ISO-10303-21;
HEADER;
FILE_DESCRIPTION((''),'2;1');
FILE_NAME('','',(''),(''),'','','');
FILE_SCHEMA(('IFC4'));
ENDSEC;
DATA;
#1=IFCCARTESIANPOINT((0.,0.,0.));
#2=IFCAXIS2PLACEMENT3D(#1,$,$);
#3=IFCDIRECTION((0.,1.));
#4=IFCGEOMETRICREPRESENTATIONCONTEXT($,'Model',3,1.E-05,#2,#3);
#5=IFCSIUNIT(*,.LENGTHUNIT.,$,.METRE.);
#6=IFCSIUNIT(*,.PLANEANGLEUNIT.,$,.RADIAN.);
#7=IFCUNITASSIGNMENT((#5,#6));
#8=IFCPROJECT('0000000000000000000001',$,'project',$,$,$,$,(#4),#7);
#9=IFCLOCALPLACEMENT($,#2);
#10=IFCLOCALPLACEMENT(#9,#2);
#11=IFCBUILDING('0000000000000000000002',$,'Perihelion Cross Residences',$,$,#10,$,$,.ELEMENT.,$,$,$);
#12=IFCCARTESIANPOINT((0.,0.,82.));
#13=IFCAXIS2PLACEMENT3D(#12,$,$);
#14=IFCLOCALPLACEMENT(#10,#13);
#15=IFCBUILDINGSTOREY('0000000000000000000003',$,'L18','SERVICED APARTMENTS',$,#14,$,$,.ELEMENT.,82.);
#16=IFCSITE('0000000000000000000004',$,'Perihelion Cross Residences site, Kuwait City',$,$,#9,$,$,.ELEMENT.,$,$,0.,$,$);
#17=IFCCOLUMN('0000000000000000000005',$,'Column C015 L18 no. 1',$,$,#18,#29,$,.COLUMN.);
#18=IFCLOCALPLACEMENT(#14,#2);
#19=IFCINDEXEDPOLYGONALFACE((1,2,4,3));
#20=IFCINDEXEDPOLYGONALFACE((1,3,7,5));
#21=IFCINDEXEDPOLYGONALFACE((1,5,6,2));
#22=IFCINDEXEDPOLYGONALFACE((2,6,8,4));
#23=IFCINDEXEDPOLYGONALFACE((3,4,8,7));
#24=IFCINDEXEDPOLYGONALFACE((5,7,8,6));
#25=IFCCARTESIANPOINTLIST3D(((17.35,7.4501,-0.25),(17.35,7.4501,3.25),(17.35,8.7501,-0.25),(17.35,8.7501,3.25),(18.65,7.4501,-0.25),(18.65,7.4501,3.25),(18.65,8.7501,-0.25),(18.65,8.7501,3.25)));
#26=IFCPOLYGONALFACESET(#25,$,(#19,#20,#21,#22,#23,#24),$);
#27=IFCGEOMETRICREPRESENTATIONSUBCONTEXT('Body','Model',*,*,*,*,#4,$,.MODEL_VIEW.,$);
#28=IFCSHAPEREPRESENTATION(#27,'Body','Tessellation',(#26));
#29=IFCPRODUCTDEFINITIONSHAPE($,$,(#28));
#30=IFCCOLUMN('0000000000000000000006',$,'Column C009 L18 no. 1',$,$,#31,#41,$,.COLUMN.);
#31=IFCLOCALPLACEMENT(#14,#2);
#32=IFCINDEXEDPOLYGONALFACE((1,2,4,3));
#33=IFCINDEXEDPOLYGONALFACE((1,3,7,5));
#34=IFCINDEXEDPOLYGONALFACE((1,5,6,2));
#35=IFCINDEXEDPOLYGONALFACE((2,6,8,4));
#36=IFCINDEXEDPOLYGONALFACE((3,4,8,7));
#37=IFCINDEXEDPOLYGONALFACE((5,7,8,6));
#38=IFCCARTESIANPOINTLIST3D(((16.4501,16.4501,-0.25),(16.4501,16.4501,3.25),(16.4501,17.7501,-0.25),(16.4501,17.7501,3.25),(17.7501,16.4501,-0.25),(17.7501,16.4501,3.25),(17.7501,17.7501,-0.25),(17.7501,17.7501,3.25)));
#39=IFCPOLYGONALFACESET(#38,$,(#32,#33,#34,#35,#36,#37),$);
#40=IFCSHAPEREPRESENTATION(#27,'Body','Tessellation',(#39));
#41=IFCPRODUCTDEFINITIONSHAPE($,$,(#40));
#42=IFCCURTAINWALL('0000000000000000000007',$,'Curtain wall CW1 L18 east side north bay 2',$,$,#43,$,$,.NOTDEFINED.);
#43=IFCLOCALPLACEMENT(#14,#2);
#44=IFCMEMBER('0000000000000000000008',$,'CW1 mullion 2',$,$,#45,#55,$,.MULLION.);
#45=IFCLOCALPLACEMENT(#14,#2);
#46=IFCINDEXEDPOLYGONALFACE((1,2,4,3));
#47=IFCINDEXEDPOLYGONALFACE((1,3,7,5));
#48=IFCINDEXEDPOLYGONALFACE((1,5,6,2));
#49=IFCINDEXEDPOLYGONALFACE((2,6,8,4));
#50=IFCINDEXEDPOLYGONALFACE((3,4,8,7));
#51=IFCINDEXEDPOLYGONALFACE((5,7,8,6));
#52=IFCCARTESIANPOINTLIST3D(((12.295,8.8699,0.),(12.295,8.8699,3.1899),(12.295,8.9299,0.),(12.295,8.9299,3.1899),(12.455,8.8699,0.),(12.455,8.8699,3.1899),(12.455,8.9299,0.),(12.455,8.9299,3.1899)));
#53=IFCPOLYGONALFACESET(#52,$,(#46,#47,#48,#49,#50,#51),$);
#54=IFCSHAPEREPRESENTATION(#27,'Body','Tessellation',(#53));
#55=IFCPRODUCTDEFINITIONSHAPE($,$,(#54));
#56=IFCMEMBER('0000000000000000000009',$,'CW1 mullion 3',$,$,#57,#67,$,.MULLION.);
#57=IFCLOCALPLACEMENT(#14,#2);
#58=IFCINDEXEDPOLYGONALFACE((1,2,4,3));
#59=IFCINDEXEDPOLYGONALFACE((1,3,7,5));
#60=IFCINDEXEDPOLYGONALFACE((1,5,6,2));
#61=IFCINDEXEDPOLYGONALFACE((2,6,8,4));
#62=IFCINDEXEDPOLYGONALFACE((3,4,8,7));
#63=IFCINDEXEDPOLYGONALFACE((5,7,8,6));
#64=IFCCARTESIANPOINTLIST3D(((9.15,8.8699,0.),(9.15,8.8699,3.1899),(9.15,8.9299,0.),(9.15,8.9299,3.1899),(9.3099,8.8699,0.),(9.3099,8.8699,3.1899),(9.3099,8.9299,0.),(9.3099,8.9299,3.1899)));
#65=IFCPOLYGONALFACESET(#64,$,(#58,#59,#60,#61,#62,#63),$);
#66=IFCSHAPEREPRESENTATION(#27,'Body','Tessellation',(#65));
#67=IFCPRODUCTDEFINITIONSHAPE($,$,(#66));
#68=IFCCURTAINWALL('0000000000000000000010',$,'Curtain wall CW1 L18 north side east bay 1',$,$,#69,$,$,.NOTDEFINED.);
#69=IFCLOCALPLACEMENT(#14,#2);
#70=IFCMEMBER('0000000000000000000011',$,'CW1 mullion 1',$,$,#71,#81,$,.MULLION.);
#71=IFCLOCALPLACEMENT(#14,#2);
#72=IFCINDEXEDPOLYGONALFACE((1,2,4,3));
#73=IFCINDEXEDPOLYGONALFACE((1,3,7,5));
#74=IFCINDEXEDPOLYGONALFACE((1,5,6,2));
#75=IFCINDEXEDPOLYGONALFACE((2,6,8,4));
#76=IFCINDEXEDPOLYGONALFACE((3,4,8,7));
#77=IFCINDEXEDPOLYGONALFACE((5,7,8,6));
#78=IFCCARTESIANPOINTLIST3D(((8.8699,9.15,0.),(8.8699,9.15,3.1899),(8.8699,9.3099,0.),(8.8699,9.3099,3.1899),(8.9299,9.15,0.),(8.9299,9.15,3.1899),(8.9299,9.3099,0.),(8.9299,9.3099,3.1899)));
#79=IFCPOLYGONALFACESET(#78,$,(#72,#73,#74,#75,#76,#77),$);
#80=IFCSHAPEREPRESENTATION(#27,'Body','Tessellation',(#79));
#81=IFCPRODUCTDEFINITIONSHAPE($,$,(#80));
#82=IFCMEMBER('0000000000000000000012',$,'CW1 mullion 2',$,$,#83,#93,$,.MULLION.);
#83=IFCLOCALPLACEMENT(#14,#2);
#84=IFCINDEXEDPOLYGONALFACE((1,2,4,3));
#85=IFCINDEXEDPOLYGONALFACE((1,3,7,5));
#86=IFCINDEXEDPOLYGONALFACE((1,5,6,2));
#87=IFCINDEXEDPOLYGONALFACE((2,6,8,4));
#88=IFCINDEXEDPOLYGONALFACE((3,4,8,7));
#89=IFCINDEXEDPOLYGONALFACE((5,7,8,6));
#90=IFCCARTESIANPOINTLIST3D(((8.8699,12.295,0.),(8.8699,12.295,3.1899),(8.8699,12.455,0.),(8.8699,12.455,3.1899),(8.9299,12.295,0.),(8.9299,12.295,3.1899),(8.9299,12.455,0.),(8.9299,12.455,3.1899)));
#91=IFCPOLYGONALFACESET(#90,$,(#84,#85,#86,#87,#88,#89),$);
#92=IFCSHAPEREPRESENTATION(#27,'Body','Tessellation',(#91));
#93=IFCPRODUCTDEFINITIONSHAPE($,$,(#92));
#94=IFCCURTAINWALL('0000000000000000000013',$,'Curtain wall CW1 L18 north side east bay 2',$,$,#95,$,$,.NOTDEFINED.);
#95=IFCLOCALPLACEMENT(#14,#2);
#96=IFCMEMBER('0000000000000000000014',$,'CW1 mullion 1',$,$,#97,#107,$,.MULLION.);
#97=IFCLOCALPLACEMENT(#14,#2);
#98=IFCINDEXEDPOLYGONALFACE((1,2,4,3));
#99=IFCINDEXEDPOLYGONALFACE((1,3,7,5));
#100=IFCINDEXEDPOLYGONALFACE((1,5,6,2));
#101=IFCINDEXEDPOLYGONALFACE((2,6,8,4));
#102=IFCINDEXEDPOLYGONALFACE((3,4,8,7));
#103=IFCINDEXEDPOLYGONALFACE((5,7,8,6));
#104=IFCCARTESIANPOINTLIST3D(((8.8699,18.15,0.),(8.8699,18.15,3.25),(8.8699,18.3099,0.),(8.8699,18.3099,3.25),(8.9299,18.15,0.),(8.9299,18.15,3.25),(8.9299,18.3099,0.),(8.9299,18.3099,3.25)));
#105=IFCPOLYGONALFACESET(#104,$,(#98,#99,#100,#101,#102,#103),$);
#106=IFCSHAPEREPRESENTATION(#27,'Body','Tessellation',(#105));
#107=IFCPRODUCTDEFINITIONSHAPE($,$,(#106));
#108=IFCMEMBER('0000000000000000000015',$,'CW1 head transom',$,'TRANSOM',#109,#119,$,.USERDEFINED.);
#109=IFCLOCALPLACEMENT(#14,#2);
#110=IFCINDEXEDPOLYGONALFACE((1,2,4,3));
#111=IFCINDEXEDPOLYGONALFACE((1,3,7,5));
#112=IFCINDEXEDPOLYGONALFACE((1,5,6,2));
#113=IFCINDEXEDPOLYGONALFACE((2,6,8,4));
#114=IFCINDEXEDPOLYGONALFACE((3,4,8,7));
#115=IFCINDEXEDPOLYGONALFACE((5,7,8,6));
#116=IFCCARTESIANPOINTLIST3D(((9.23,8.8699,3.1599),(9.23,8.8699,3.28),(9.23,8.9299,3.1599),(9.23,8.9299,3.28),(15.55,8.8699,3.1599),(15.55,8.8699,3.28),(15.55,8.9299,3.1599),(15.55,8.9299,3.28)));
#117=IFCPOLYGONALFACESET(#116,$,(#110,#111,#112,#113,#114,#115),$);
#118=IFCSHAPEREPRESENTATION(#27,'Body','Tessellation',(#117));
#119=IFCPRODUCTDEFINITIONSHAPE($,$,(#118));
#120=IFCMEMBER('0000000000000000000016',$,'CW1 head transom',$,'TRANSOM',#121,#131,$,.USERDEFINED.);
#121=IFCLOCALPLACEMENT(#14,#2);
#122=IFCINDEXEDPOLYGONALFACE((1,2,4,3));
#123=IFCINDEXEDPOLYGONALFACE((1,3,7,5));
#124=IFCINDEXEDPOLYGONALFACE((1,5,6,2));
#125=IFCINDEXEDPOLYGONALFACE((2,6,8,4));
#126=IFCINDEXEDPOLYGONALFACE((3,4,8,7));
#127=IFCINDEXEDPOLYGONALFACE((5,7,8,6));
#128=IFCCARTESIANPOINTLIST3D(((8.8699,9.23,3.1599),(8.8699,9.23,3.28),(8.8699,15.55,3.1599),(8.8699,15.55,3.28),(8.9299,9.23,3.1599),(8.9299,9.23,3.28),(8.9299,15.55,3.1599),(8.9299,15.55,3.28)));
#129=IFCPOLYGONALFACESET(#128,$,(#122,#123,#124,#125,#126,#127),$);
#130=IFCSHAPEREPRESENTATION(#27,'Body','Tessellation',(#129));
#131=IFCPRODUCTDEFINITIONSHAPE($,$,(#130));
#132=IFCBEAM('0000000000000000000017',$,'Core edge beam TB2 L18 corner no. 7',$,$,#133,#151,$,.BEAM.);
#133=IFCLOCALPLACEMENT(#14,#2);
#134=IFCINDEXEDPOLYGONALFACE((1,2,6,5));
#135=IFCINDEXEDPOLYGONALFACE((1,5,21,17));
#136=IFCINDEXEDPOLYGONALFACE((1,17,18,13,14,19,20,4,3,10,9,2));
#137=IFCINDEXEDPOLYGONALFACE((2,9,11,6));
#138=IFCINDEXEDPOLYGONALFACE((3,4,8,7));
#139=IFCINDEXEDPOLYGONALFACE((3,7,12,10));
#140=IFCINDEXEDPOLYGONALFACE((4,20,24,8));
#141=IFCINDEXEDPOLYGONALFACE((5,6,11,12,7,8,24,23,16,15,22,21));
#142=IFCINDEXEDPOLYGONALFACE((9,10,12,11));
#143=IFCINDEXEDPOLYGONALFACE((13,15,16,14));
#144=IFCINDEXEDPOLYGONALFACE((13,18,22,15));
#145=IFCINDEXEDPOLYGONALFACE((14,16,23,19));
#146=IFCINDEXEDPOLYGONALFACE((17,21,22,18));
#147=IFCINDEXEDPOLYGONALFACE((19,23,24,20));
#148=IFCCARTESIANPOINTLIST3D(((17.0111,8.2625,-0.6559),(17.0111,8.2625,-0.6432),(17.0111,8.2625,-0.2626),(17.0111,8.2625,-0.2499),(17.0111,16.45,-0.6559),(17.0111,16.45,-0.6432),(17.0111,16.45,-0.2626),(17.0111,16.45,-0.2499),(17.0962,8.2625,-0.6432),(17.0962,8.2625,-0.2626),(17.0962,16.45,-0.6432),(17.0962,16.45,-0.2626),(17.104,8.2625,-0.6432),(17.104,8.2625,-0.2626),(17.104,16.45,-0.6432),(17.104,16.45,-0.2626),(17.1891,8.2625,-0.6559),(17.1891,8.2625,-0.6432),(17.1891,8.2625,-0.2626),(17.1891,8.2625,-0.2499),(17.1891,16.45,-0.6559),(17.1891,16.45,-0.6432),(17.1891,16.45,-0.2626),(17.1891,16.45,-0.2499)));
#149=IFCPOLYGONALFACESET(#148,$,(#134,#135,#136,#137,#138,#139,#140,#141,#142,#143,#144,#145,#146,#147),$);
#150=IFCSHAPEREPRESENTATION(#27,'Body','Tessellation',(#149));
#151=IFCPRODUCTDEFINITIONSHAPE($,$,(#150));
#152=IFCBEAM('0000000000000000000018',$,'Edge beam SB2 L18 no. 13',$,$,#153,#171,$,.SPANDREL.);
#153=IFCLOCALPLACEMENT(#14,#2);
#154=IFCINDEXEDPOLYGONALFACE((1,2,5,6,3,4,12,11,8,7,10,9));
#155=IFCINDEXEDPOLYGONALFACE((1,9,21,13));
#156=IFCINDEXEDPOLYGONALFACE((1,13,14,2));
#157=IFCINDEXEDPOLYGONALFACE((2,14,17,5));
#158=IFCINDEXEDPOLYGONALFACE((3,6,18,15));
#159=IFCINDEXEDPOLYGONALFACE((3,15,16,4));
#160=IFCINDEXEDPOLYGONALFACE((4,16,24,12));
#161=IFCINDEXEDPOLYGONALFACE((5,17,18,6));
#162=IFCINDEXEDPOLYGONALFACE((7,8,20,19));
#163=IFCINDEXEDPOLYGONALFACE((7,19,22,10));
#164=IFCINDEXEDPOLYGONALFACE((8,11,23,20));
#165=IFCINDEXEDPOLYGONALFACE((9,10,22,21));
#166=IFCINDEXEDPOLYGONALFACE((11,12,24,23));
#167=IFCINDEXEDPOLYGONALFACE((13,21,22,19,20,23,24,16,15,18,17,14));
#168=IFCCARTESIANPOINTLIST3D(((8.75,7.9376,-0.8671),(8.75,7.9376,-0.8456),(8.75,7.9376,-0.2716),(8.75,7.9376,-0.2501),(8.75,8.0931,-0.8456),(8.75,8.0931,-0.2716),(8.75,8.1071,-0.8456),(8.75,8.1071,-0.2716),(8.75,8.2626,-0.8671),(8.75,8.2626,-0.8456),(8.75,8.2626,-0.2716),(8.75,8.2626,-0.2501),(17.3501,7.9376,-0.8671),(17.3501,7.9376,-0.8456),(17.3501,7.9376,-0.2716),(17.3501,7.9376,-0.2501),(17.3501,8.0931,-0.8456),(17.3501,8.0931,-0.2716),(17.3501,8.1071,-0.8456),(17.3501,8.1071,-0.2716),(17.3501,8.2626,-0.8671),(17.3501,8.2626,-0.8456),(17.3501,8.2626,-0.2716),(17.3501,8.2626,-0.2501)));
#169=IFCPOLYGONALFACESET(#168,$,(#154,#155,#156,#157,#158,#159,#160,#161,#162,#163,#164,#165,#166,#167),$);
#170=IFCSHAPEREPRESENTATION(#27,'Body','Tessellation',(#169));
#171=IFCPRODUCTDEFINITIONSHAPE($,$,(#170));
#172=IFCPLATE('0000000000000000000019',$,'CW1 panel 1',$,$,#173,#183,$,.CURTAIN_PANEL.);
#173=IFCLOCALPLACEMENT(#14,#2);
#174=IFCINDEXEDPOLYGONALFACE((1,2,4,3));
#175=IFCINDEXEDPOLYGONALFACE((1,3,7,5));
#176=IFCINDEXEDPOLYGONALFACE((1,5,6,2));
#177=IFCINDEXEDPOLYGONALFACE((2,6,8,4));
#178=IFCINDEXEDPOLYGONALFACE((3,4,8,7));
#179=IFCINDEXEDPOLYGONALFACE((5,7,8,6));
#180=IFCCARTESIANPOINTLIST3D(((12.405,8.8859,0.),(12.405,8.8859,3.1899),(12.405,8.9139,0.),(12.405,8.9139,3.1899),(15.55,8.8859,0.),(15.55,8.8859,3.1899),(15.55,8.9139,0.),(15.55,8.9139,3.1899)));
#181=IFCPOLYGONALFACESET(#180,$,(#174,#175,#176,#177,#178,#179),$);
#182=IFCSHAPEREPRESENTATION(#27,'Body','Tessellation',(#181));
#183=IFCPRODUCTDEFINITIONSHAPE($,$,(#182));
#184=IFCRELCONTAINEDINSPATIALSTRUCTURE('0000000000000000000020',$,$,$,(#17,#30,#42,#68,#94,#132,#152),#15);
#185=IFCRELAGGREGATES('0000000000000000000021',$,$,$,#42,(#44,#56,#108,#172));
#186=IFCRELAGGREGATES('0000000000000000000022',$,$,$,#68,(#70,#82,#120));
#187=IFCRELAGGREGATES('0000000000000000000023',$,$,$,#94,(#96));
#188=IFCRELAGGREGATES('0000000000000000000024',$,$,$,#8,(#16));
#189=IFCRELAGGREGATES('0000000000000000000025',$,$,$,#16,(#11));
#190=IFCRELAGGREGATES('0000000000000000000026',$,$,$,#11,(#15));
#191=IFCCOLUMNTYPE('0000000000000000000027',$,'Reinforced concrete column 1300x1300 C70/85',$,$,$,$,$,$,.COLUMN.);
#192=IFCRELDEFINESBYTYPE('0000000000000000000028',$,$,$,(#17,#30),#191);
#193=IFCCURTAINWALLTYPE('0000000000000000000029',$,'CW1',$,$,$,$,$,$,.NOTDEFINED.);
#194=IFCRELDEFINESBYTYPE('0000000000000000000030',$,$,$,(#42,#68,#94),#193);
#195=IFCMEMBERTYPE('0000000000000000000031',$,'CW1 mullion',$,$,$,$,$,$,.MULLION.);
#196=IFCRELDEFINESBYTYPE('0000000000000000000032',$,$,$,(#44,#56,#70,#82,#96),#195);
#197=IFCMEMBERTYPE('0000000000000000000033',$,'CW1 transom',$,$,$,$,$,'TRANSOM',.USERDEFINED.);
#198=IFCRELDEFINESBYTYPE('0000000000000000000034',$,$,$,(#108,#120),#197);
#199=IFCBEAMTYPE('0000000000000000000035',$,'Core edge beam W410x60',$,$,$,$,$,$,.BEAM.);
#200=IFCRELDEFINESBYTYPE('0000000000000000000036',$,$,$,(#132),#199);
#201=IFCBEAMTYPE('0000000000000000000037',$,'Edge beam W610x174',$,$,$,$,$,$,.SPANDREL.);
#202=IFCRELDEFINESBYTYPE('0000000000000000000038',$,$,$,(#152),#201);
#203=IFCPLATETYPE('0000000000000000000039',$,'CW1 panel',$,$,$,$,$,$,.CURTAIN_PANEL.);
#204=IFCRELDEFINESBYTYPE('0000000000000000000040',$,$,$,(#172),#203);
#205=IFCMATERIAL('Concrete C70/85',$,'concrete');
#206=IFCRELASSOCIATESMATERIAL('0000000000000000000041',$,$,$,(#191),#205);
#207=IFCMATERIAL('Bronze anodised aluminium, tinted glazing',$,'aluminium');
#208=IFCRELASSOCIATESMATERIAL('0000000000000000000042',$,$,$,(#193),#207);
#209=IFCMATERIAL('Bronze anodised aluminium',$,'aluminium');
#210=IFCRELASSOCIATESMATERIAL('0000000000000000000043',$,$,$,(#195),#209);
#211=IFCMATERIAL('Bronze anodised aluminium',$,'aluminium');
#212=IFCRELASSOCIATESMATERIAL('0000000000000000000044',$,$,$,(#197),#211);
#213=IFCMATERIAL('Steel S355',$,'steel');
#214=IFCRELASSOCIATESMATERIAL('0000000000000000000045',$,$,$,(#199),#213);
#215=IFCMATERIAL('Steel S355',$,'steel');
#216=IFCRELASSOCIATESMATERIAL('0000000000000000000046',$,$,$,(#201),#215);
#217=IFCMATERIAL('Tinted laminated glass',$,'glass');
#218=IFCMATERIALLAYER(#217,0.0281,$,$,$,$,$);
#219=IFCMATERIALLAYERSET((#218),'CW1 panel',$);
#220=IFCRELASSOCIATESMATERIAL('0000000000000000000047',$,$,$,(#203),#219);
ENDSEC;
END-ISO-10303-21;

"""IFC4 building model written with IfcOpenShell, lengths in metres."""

from ifc_helpers import new_model, si_unit, direction, frame, origin, origin_2d, place, context, subcontext, project, spatial, rectangle, i_section, extrude, material, layer, layer_set, material_profile, profile_set, type_object, element, aggregate, save


model = new_model("IFC4")

# Units and contexts
model_context = context("Model", 3, precision=1e-05, world=origin(), true_north=direction((0.0, 1.0)))
body_context = subcontext(model_context, "Body", "Model", "MODEL_VIEW")
ifc_project = project(units=[si_unit("LENGTHUNIT", "METRE"), si_unit("PLANEANGLEUNIT", "RADIAN")], contexts=[model_context])

# Site, building, storey
site_placement = place(None, origin())
site = spatial("IfcSite", under=ifc_project, at=site_placement, Name="Perihelion Cross Residences site, Kuwait City", CompositionType="ELEMENT", RefElevation=0.0)
building_placement = place(site_placement, origin())
building = spatial("IfcBuilding", under=site, at=building_placement, Name="Perihelion Cross Residences", CompositionType="ELEMENT")
storey_placement = place(building_placement, frame((0.0, 0.0, 82.0)))
storey = spatial("IfcBuildingStorey", under=building, at=storey_placement, Name="L18", Description="SERVICED APARTMENTS", CompositionType="ELEMENT", Elevation=82.0)

# Columns
ifc_material_1 = material(Name="Concrete C70/85", Category="concrete")
ifc_material_profile_1 = material_profile(ifc_material_1, rectangle(XDim=1.3, YDim=1.3, at=origin_2d()), Name="RC 1300x1300")
ifc_profile_set_1 = profile_set([ifc_material_profile_1], Name="Concrete C70/85")
column_type = type_object("IfcColumnType", Name="Reinforced concrete column 1300x1300 C70/85", PredefinedType="COLUMN", material=ifc_profile_set_1)
for number, where, z_axis, x_axis, name in (
    (1, (18.0, 8.1001, -0.25), (0.0, 0.0, 1.0), (1.0, 0.0, 0.0), "Column C015 L18 no. 1"),
    (2, (17.1001, 17.1001, -0.25), (0.0, 0.0, 1.0), (1.0, 0.0, 0.0), "Column C009 L18 no. 1"),
):
    element("IfcColumn", number, at=place(storey_placement, frame(where, z_axis=z_axis, x_axis=x_axis)), inside=storey, type_object=column_type, Name=name, PredefinedType="COLUMN", context=body_context, shape_type="SweptSolid", body=[
        extrude(rectangle(XDim=1.3, YDim=1.3, at=origin_2d()), origin(), (0.0, 0.0, 1.0), 3.5),
    ])

# Curtain walls, members
ifc_material_2 = material(Name="Bronze anodised aluminium, tinted glazing", Category="aluminium")
curtain_wall_type = type_object("IfcCurtainWallType", Name="CW1", PredefinedType="NOTDEFINED", material=ifc_material_2)
curtain_wall_1_placement = place(storey_placement, origin())
curtain_wall_1 = element("IfcCurtainWall", 3, at=curtain_wall_1_placement, inside=storey, type_object=curtain_wall_type, Name="Curtain wall CW1 L18 east side north bay 2", PredefinedType="NOTDEFINED")
ifc_material_3 = material(Name="Bronze anodised aluminium", Category="aluminium")
ifc_material_profile_2 = material_profile(ifc_material_3, rectangle(XDim=0.0601, YDim=0.1599, at=origin_2d()), Name="CW1 mullion")
ifc_profile_set_2 = profile_set([ifc_material_profile_2], Name="Bronze anodised aluminium")
member_type_1 = type_object("IfcMemberType", Name="CW1 mullion", PredefinedType="MULLION", material=ifc_profile_set_2)
member_1_placement = place(storey_placement, frame((12.375, 8.8999, 0.0), z_axis=(0.0, 0.0, 1.0), x_axis=(0.0, -1.0, 0.0)))
member_1 = element("IfcMember", 4, at=member_1_placement, type_object=member_type_1, Name="CW1 mullion 2", PredefinedType="MULLION", context=body_context, shape_type="SweptSolid", body=[
    extrude(rectangle(XDim=0.0601, YDim=0.1599, at=origin_2d()), origin(), (0.0, 0.0, 1.0), 3.1899),
])
member_2_placement = place(storey_placement, frame((9.23, 8.8999, 0.0), z_axis=(0.0, 0.0, 1.0), x_axis=(0.0, -1.0, 0.0)))
member_2 = element("IfcMember", 5, at=member_2_placement, type_object=member_type_1, Name="CW1 mullion 3", PredefinedType="MULLION", context=body_context, shape_type="SweptSolid", body=[
    extrude(rectangle(XDim=0.0601, YDim=0.1599, at=origin_2d()), origin(), (0.0, 0.0, 1.0), 3.1899),
])
curtain_wall_2_placement = place(storey_placement, origin())
curtain_wall_2 = element("IfcCurtainWall", 6, at=curtain_wall_2_placement, inside=storey, type_object=curtain_wall_type, Name="Curtain wall CW1 L18 north side east bay 1", PredefinedType="NOTDEFINED")
member_3_placement = place(storey_placement, frame((8.8999, 9.23, 0.0), z_axis=(0.0, 0.0, 1.0), x_axis=(-1.0, 0.0, 0.0)))
member_3 = element("IfcMember", 7, at=member_3_placement, type_object=member_type_1, Name="CW1 mullion 1", PredefinedType="MULLION", context=body_context, shape_type="SweptSolid", body=[
    extrude(rectangle(XDim=0.0601, YDim=0.1599, at=origin_2d()), origin(), (0.0, 0.0, 1.0), 3.1899),
])
member_4_placement = place(storey_placement, frame((8.8999, 12.375, 0.0), z_axis=(0.0, 0.0, 1.0), x_axis=(-1.0, 0.0, 0.0)))
member_4 = element("IfcMember", 8, at=member_4_placement, type_object=member_type_1, Name="CW1 mullion 2", PredefinedType="MULLION", context=body_context, shape_type="SweptSolid", body=[
    extrude(rectangle(XDim=0.0601, YDim=0.1599, at=origin_2d()), origin(), (0.0, 0.0, 1.0), 3.1899),
])

# Curtain wall, member
curtain_wall_3_placement = place(storey_placement, origin())
curtain_wall_3 = element("IfcCurtainWall", 9, at=curtain_wall_3_placement, inside=storey, type_object=curtain_wall_type, Name="Curtain wall CW1 L18 north side east bay 2", PredefinedType="NOTDEFINED")
member_5_placement = place(storey_placement, frame((8.8999, 18.23, 0.0), z_axis=(0.0, 0.0, 1.0), x_axis=(-1.0, 0.0, 0.0)))
member_5 = element("IfcMember", 10, at=member_5_placement, type_object=member_type_1, Name="CW1 mullion 1", PredefinedType="MULLION", context=body_context, shape_type="SweptSolid", body=[
    extrude(rectangle(XDim=0.0601, YDim=0.1599, at=origin_2d()), origin(), (0.0, 0.0, 1.0), 3.25),
])

# Members
ifc_material_4 = material(Name="Bronze anodised aluminium", Category="aluminium")
ifc_material_profile_3 = material_profile(ifc_material_4, rectangle(XDim=0.0601, YDim=0.1201, at=origin_2d()), Name="CW1 transom")
ifc_profile_set_3 = profile_set([ifc_material_profile_3], Name="Bronze anodised aluminium")
member_type_2 = type_object("IfcMemberType", Name="CW1 transom", ElementType="TRANSOM", PredefinedType="USERDEFINED", material=ifc_profile_set_3)
member_6_placement = place(storey_placement, frame((15.55, 8.8999, 3.22), z_axis=(-1.0, 0.0, 0.0), x_axis=(0.0, -1.0, 0.0)))
member_6 = element("IfcMember", 11, at=member_6_placement, type_object=member_type_2, Name="CW1 head transom", ObjectType="TRANSOM", PredefinedType="USERDEFINED", context=body_context, shape_type="SweptSolid", body=[
    extrude(rectangle(XDim=0.0601, YDim=0.1201, at=origin_2d()), origin(), (0.0, 0.0, 1.0), 6.3201),
])
member_7_placement = place(storey_placement, frame((8.8999, 9.23, 3.22), z_axis=(0.0, 1.0, 0.0), x_axis=(-1.0, 0.0, 0.0)))
member_7 = element("IfcMember", 12, at=member_7_placement, type_object=member_type_2, Name="CW1 head transom", ObjectType="TRANSOM", PredefinedType="USERDEFINED", context=body_context, shape_type="SweptSolid", body=[
    extrude(rectangle(XDim=0.0601, YDim=0.1201, at=origin_2d()), origin(), (0.0, 0.0, 1.0), 6.3201),
])

# Beams
ifc_material_5 = material(Name="Steel S355", Category="steel")
ifc_material_profile_4 = material_profile(ifc_material_5, i_section(OverallWidth=0.178, OverallDepth=0.406, WebThickness=0.0078, FlangeThickness=0.0127, at=origin_2d()), Name="W410x60")
ifc_profile_set_4 = profile_set([ifc_material_profile_4], Name="Steel S355")
beam_type_1 = type_object("IfcBeamType", Name="Core edge beam W410x60", PredefinedType="BEAM", material=ifc_profile_set_4)
beam_1_placement = place(storey_placement, frame((17.1001, 8.2625, -0.4529), z_axis=(0.0, 1.0, 0.0), x_axis=(-1.0, 0.0, 0.0)))
element("IfcBeam", 13, at=beam_1_placement, inside=storey, type_object=beam_type_1, Name="Core edge beam TB2 L18 corner no. 7", PredefinedType="BEAM", context=body_context, shape_type="SweptSolid", body=[
    extrude(i_section(OverallWidth=0.178, OverallDepth=0.406, WebThickness=0.0078, FlangeThickness=0.0127, at=origin_2d()), origin(), (0.0, 0.0, 1.0), 8.1875),
])
ifc_material_6 = material(Name="Steel S355", Category="steel")
ifc_material_profile_5 = material_profile(ifc_material_6, i_section(OverallWidth=0.325, OverallDepth=0.6169, WebThickness=0.0139, FlangeThickness=0.0215, at=origin_2d()), Name="W610x174")
ifc_profile_set_5 = profile_set([ifc_material_profile_5], Name="Steel S355")
beam_type_2 = type_object("IfcBeamType", Name="Edge beam W610x174", PredefinedType="SPANDREL", material=ifc_profile_set_5)
beam_2_placement = place(storey_placement, frame((17.3501, 8.1001, -0.5586), z_axis=(-1.0, 0.0, 0.0), x_axis=(0.0, -1.0, 0.0)))
element("IfcBeam", 14, at=beam_2_placement, inside=storey, type_object=beam_type_2, Name="Edge beam SB2 L18 no. 13", PredefinedType="SPANDREL", context=body_context, shape_type="SweptSolid", body=[
    extrude(i_section(OverallWidth=0.325, OverallDepth=0.6169, WebThickness=0.0139, FlangeThickness=0.0215, at=origin_2d()), origin(), (0.0, 0.0, 1.0), 8.6001),
])

# Plate
ifc_material_7 = material(Name="Tinted laminated glass", Category="glass")
ifc_layer_1 = layer(ifc_material_7, 0.0281)
ifc_layer_set_1 = layer_set([ifc_layer_1], Name="CW1 panel")
plate_type = type_object("IfcPlateType", Name="CW1 panel", PredefinedType="CURTAIN_PANEL", material=ifc_layer_set_1)
plate_1_placement = place(storey_placement, frame((13.9775, 8.8999, 0.0), z_axis=(0.0, 0.0, 1.0), x_axis=(-1.0, 0.0, 0.0)))
plate_1 = element("IfcPlate", 15, at=plate_1_placement, type_object=plate_type, Name="CW1 panel 1", PredefinedType="CURTAIN_PANEL", context=body_context, shape_type="SweptSolid", body=[
    extrude(rectangle(XDim=3.145, YDim=0.0281, at=origin_2d()), origin(), (0.0, 0.0, 1.0), 3.1899),
])
aggregate(curtain_wall_1, [member_1, member_2, member_6, plate_1])
aggregate(curtain_wall_2, [member_3, member_4, member_7])
aggregate(curtain_wall_3, [member_5])

save(model, "model.ifc")
